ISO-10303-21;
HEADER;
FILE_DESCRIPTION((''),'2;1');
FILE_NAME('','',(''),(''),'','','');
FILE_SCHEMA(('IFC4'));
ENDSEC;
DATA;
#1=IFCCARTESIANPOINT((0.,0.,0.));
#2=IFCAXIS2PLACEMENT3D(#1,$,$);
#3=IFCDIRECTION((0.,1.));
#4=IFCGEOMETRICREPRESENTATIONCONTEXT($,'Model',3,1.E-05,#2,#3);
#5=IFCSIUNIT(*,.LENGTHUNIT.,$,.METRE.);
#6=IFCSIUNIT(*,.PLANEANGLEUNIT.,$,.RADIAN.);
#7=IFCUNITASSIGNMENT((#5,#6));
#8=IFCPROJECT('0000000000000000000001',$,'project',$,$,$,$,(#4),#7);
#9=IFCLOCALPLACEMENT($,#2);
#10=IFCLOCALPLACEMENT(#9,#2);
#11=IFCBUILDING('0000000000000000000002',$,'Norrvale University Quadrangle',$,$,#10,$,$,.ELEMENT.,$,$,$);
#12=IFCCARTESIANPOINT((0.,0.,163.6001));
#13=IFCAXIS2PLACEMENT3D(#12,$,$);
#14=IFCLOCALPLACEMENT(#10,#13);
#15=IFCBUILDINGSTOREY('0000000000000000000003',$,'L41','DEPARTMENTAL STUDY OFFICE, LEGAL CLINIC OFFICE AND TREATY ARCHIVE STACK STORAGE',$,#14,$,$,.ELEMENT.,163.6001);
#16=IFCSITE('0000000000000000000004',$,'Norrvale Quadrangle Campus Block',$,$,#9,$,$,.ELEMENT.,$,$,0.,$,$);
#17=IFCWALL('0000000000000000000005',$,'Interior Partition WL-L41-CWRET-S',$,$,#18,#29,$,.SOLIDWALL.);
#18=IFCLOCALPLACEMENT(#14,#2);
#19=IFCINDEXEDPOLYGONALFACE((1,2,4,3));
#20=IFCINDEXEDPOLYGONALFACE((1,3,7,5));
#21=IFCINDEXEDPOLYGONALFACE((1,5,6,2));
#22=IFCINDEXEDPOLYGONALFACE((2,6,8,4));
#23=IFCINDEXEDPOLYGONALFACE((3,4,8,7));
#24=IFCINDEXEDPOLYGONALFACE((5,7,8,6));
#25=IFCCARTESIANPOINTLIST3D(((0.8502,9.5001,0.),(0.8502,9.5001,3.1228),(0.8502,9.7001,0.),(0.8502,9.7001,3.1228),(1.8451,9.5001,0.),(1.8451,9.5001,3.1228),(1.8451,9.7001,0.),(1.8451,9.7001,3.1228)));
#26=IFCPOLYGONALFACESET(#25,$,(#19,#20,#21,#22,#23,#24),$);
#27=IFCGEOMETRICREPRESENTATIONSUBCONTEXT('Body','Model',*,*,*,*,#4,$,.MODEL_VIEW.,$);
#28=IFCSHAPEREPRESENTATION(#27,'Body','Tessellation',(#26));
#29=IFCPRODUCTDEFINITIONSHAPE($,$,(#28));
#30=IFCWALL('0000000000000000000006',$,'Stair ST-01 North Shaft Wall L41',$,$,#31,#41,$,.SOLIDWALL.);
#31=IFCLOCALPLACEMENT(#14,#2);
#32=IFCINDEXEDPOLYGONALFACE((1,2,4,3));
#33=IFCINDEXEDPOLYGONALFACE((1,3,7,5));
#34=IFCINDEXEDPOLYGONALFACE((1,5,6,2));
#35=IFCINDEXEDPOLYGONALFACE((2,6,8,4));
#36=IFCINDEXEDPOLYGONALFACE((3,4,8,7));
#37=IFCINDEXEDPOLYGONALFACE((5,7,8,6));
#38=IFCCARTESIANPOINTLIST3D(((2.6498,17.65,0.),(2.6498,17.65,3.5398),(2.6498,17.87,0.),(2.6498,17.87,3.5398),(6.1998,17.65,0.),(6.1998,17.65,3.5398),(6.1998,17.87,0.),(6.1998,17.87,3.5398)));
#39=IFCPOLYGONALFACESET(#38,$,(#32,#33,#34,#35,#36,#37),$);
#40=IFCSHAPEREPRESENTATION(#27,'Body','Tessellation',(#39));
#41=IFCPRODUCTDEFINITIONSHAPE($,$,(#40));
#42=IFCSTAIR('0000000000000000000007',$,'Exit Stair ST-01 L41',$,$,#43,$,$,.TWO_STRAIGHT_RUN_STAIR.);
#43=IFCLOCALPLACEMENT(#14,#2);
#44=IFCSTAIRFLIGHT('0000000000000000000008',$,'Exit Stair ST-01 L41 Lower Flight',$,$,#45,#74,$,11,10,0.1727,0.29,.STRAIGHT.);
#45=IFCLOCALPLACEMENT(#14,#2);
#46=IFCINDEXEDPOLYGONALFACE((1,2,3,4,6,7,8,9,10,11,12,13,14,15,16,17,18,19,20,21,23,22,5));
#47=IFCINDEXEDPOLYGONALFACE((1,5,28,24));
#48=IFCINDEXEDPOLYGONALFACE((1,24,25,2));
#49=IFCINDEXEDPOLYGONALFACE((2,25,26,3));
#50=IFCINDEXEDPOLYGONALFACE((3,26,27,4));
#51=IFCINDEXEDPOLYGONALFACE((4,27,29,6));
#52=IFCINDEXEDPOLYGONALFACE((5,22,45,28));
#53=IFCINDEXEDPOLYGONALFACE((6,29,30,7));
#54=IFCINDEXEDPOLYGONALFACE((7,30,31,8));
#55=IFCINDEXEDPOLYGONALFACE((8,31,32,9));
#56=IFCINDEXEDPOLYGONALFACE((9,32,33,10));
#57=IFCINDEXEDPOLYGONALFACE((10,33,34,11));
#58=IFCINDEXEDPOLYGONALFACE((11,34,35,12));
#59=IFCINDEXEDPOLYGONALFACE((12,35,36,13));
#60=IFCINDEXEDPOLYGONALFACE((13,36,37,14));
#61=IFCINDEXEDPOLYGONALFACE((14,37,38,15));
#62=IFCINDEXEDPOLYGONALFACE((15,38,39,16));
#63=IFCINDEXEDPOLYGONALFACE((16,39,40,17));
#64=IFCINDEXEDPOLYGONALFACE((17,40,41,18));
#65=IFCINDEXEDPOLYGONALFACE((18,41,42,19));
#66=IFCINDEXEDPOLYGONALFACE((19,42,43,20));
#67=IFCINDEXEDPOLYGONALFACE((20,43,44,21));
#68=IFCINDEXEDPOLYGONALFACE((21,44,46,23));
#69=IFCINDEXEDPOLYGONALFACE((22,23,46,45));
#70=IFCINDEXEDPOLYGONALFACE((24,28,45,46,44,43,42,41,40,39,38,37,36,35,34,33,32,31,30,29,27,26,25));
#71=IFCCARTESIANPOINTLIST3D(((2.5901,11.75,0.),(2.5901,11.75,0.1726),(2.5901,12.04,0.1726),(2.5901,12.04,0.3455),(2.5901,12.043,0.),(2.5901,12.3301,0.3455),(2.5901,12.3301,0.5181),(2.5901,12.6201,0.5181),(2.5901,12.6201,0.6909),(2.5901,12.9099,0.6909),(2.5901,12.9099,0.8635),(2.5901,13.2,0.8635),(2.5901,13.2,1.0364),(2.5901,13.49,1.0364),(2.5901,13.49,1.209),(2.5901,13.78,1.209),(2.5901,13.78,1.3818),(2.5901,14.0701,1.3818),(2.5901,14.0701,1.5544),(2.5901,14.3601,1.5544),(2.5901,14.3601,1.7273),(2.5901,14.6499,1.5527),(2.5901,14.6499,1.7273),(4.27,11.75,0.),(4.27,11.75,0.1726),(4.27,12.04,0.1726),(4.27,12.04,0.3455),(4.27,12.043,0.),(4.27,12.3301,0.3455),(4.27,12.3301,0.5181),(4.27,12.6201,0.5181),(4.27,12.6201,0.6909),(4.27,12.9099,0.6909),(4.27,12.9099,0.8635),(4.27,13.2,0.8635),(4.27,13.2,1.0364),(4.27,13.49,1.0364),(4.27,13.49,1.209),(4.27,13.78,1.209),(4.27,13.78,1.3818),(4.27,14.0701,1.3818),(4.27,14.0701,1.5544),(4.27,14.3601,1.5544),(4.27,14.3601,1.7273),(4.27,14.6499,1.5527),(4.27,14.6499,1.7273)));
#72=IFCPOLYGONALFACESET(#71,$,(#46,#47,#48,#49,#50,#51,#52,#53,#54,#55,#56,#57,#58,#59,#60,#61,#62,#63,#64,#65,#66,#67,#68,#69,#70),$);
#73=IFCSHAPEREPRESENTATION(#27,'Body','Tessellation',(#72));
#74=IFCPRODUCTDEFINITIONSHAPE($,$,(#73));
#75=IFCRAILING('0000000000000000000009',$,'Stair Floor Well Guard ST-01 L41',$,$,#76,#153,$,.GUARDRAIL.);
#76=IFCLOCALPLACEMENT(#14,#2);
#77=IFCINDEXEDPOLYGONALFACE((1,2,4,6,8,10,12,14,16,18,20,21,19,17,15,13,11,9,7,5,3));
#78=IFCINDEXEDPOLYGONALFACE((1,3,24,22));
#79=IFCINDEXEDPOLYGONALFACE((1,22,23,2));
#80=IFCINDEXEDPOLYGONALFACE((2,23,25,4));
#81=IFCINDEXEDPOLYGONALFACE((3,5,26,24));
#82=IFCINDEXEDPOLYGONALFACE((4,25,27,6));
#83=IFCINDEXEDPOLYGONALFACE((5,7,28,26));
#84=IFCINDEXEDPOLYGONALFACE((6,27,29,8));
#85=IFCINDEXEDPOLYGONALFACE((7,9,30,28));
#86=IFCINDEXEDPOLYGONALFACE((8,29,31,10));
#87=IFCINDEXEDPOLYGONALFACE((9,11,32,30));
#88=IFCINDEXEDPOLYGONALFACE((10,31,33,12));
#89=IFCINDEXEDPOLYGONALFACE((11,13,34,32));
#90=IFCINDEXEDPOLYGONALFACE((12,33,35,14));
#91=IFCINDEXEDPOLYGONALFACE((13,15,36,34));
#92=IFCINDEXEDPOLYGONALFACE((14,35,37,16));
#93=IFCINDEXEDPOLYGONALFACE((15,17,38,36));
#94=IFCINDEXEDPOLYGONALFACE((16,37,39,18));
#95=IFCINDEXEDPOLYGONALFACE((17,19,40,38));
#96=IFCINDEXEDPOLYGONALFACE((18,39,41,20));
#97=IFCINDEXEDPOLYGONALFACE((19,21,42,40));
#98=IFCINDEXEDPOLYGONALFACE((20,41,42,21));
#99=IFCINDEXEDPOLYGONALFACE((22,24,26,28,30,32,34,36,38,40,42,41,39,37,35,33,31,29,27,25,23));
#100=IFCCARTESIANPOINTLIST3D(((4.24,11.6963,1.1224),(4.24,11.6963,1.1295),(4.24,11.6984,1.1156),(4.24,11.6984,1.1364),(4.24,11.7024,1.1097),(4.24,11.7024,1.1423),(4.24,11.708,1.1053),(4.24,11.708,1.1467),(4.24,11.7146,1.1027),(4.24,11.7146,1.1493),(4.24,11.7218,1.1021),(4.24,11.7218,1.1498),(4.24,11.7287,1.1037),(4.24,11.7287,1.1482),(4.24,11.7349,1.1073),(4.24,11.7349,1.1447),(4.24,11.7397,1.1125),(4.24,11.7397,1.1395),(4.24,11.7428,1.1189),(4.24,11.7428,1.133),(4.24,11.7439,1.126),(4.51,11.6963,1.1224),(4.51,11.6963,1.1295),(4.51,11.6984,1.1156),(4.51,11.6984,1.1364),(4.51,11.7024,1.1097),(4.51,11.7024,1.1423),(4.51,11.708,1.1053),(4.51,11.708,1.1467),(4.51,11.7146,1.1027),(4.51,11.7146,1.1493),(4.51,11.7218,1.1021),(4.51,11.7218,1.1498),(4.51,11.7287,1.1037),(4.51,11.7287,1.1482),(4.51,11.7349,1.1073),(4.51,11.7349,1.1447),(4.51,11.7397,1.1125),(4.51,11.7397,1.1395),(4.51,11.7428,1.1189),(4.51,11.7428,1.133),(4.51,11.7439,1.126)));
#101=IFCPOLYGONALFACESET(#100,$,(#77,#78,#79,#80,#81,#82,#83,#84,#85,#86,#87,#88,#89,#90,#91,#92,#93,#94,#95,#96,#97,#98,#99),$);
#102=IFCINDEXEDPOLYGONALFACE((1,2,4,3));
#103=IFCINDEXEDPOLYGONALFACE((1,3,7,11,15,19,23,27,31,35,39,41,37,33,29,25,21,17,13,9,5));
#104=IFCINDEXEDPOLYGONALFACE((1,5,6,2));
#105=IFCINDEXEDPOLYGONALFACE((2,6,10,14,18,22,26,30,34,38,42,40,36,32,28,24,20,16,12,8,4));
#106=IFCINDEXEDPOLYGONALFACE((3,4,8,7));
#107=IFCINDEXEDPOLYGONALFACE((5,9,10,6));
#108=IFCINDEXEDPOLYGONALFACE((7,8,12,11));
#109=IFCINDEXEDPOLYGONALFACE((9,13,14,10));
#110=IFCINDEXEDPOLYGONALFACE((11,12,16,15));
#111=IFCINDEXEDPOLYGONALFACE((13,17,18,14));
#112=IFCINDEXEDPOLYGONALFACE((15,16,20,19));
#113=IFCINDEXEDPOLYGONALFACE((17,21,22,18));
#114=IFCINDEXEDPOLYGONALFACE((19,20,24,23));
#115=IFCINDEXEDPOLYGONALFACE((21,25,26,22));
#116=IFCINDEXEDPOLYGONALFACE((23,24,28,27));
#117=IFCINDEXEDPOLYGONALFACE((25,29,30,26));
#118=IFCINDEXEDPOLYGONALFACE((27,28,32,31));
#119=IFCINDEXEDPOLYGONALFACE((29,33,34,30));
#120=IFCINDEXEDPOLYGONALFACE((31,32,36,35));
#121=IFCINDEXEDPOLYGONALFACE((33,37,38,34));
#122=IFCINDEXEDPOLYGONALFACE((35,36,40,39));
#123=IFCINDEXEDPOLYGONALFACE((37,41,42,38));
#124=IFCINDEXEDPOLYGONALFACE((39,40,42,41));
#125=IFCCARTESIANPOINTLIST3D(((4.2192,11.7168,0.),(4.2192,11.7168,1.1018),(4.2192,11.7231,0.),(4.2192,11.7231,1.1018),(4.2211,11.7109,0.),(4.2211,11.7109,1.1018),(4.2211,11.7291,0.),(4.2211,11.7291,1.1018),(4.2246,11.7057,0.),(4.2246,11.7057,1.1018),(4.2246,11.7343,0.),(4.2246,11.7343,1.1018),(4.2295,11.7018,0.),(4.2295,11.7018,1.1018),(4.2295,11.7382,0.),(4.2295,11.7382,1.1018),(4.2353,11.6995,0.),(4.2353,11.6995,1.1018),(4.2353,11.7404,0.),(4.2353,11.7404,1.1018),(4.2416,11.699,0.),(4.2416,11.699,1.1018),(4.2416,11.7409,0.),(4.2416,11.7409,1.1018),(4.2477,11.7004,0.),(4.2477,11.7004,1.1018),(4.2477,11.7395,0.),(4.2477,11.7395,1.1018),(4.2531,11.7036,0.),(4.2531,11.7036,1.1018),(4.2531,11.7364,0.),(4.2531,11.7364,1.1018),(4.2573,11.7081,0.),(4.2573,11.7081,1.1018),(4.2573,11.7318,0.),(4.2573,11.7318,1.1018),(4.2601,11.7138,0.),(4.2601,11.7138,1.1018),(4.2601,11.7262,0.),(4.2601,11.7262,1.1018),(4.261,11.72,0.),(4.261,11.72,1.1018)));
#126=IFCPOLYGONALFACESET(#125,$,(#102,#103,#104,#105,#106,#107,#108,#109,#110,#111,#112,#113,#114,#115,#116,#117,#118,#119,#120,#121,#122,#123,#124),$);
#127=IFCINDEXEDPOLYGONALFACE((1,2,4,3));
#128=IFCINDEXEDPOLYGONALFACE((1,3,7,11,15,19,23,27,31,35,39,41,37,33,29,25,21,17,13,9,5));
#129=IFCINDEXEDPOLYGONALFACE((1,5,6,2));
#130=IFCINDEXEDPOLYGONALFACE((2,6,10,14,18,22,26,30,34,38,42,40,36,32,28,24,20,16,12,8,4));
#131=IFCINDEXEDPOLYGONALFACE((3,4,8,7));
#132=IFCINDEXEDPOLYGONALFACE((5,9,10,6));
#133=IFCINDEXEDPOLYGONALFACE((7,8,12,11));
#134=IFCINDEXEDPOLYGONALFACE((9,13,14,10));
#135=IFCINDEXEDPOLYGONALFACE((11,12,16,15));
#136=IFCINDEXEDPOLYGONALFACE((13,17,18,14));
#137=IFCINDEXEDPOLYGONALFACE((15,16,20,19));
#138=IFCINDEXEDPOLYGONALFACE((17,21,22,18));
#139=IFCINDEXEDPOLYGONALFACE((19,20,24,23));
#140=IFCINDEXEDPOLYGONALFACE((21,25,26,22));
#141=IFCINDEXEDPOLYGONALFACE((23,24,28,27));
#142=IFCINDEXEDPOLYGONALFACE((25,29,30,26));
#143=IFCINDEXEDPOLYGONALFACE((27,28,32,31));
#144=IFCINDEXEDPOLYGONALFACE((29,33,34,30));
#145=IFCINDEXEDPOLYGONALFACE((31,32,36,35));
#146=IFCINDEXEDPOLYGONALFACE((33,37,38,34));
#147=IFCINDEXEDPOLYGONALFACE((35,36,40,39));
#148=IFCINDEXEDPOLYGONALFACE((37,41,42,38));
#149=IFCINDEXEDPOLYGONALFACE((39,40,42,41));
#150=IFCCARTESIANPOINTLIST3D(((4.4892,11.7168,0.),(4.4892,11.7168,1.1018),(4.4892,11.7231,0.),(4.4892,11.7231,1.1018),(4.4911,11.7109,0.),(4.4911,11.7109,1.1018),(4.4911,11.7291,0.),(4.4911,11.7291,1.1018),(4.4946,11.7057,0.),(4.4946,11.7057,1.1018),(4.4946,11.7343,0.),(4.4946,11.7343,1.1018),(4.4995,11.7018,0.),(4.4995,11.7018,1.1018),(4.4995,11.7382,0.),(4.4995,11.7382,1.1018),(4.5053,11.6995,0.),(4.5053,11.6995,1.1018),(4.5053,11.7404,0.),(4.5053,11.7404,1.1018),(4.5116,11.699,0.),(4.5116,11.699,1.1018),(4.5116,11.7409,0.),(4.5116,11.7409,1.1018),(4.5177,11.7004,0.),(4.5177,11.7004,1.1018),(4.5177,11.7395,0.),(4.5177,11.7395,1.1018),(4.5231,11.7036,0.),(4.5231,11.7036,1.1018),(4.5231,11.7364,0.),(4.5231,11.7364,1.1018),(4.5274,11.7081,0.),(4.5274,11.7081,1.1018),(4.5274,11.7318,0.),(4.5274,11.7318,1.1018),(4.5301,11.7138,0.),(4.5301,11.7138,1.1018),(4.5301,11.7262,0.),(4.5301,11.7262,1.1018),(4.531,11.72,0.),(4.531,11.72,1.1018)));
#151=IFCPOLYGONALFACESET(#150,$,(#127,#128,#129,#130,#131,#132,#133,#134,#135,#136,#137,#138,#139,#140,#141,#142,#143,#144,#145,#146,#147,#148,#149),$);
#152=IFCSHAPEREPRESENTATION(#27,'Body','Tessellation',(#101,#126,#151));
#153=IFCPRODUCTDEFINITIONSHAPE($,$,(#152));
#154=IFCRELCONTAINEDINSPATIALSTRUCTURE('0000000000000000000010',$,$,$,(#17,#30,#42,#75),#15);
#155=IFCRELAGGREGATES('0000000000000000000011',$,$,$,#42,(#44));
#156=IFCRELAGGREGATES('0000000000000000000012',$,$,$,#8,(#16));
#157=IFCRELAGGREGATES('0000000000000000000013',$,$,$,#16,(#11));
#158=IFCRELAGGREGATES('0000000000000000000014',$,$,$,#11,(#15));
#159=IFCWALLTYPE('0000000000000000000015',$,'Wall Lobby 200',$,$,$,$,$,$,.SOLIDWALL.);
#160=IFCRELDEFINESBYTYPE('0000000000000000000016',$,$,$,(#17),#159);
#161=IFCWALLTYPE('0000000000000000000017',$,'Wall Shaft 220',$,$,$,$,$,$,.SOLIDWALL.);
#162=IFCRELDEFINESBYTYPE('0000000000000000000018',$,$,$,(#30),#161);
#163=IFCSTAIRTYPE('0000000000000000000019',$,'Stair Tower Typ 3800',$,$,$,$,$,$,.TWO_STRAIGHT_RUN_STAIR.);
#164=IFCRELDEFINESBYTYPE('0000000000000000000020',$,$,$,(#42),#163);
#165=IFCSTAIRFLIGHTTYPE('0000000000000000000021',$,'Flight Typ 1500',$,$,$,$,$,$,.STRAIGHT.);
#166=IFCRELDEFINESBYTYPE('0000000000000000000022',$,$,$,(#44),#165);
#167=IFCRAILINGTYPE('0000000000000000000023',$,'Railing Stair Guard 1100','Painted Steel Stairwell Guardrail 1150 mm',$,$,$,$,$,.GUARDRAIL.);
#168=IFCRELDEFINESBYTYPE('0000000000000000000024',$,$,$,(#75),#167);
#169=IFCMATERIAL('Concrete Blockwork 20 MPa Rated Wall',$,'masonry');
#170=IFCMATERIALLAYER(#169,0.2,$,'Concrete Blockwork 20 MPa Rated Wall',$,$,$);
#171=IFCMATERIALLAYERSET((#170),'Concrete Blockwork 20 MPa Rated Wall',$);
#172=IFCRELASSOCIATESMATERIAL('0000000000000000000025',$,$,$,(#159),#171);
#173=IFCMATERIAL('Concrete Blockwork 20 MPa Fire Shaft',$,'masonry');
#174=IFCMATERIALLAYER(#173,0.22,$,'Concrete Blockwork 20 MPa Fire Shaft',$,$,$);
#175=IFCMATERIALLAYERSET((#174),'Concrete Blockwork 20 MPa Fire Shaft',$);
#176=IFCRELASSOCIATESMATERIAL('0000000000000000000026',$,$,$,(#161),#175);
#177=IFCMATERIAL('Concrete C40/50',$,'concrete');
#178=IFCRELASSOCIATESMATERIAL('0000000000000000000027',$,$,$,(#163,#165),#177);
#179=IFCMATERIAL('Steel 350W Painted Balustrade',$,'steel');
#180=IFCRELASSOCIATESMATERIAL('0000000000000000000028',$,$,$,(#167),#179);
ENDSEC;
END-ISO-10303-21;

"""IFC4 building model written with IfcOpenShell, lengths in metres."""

from ifc_helpers import new_model, si_unit, direction, frame, frame_2d, origin, origin_2d, place, context, subcontext, project, spatial, polyline, rectangle, circle, outline, extrude, material, layer, layer_set, type_object, element, aggregate, save


model = new_model("IFC4")

# Units and contexts
model_context = context("Model", 3, precision=1e-05, world=origin(), true_north=direction((0.0, 1.0)))
body_context = subcontext(model_context, "Body", "Model", "MODEL_VIEW")
ifc_project = project(units=[si_unit("LENGTHUNIT", "METRE"), si_unit("PLANEANGLEUNIT", "RADIAN")], contexts=[model_context])

# Site, building, storey
site_placement = place(None, origin())
site = spatial("IfcSite", under=ifc_project, at=site_placement, Name="Norrvale Quadrangle Campus Block", CompositionType="ELEMENT", RefElevation=0.0)
building_placement = place(site_placement, origin())
building = spatial("IfcBuilding", under=site, at=building_placement, Name="Norrvale University Quadrangle", CompositionType="ELEMENT")
storey_placement = place(building_placement, frame((0.0, 0.0, 163.6001)))
storey = spatial("IfcBuildingStorey", under=building, at=storey_placement, Name="L41", Description="DEPARTMENTAL STUDY OFFICE, LEGAL CLINIC OFFICE AND TREATY ARCHIVE STACK STORAGE", CompositionType="ELEMENT", Elevation=163.6001)

# Walls
ifc_material_1 = material(Name="Concrete Blockwork 20 MPa Rated Wall", Category="masonry")
ifc_layer_1 = layer(ifc_material_1, 0.2, Name="Concrete Blockwork 20 MPa Rated Wall")
ifc_layer_set_1 = layer_set([ifc_layer_1], Name="Concrete Blockwork 20 MPa Rated Wall")
wall_type_1 = type_object("IfcWallType", Name="Wall Lobby 200", PredefinedType="SOLIDWALL", material=ifc_layer_set_1)
wall_1_placement = place(storey_placement, frame((0.8501, 9.6001, 0.0), z_axis=(0.0, 0.0, 1.0), x_axis=(1.0, 0.0, 0.0)))
element("IfcWall", 1, at=wall_1_placement, inside=storey, type_object=wall_type_1, Name="Interior Partition WL-L41-CWRET-S", PredefinedType="SOLIDWALL", context=body_context, shape_type="SweptSolid", body=[
    extrude(rectangle(XDim=0.9949, YDim=0.2, at=frame_2d((0.4976, 0.0))), origin(), (0.0, 0.0, 1.0), 3.1228),
])
ifc_material_2 = material(Name="Concrete Blockwork 20 MPa Fire Shaft", Category="masonry")
ifc_layer_2 = layer(ifc_material_2, 0.22, Name="Concrete Blockwork 20 MPa Fire Shaft")
ifc_layer_set_2 = layer_set([ifc_layer_2], Name="Concrete Blockwork 20 MPa Fire Shaft")
wall_type_2 = type_object("IfcWallType", Name="Wall Shaft 220", PredefinedType="SOLIDWALL", material=ifc_layer_set_2)
wall_2_placement = place(storey_placement, frame((2.6499, 17.76, 0.0), z_axis=(0.0, 0.0, 1.0), x_axis=(1.0, 0.0, 0.0)))
element("IfcWall", 2, at=wall_2_placement, inside=storey, type_object=wall_type_2, Name="Stair ST-01 North Shaft Wall L41", PredefinedType="SOLIDWALL", context=body_context, shape_type="SweptSolid", body=[
    extrude(rectangle(XDim=3.55, YDim=0.22, at=frame_2d((1.7749, 0.0))), origin(), (0.0, 0.0, 1.0), 3.5398),
])

# Stair, stair flight
ifc_material_3 = material(Name="Concrete C40/50", Category="concrete")
stair_type = type_object("IfcStairType", Name="Stair Tower Typ 3800", PredefinedType="TWO_STRAIGHT_RUN_STAIR", material=ifc_material_3)
stair_placement = place(storey_placement, origin())
stair = element("IfcStair", 3, at=stair_placement, inside=storey, type_object=stair_type, Name="Exit Stair ST-01 L41", PredefinedType="TWO_STRAIGHT_RUN_STAIR")
stair_flight_type = type_object("IfcStairFlightType", Name="Flight Typ 1500", PredefinedType="STRAIGHT", material=ifc_material_3)
stair_flight_placement = place(storey_placement, frame((3.4299, 11.75, 0.0), z_axis=(0.0, 0.0, 1.0), x_axis=(0.0, 1.0, 0.0)))
stair_flight = element("IfcStairFlight", 4, at=stair_flight_placement, type_object=stair_flight_type, Name="Exit Stair ST-01 L41 Lower Flight", NumberOfRisers=11, NumberOfTreads=10, PredefinedType="STRAIGHT", RiserHeight=0.1727, TreadLength=0.29, context=body_context, shape_type="SweptSolid", body=[
    extrude(outline(polyline([(0.0, 0.0), (0.0, 0.1726), (0.29, 0.1726), (0.29, 0.3455), (0.5801, 0.3455), (0.5801, 0.5181), (0.8701, 0.5181), (0.8701, 0.6909), (1.1599, 0.6909), (1.1599, 0.8635), (1.45, 0.8635), (1.45, 1.0364), (1.74, 1.0364), (1.74, 1.209), (2.03, 1.209), (2.03, 1.3818), (2.3201, 1.3818), (2.3201, 1.5544), (2.6101, 1.5544), (2.6101, 1.7273), (2.8999, 1.7273), (2.8999, 1.8999), (2.8999, 1.5527), (0.293, 0.0), (0.0, 0.0)])), frame((0.0, 0.8398, 0.0), z_axis=(0.0, -1.0, 0.0), x_axis=(1.0, 0.0, 0.0)), (0.0, 0.0, 1.0), 1.6799),
])
aggregate(stair, [stair_flight])

# Railing
ifc_material_4 = material(Name="Steel 350W Painted Balustrade", Category="steel")
railing_type_1 = type_object("IfcRailingType", Name="Railing Stair Guard 1100", Description="Painted Steel Stairwell Guardrail 1150 mm", PredefinedType="GUARDRAIL", material=ifc_material_4)
for number, where, name in (
    (5, (4.24, 11.72, 0.0), "Stair Floor Well Guard ST-01 L41"),
):
    element("IfcRailing", number, at=place(storey_placement, frame(where)), inside=storey, type_object=railing_type_1, Name=name, PredefinedType="GUARDRAIL", context=body_context, shape_type="SweptSolid", body=[
        extrude(circle(Radius=0.0239, at=origin_2d()), frame((0.0, 0.0, 1.126), z_axis=(1.0, 0.0, 0.0), x_axis=(0.0, 1.0, 0.0)), (0.0, 0.0, 1.0), 0.27),
        extrude(circle(Radius=0.021, at=origin_2d()), origin(), (0.0, 0.0, 1.0), 1.1018),
        extrude(circle(Radius=0.021, at=origin_2d()), frame((0.27, 0.0, 0.0)), (0.0, 0.0, 1.0), 1.1018),
    ])

save(model, "model.ifc")
